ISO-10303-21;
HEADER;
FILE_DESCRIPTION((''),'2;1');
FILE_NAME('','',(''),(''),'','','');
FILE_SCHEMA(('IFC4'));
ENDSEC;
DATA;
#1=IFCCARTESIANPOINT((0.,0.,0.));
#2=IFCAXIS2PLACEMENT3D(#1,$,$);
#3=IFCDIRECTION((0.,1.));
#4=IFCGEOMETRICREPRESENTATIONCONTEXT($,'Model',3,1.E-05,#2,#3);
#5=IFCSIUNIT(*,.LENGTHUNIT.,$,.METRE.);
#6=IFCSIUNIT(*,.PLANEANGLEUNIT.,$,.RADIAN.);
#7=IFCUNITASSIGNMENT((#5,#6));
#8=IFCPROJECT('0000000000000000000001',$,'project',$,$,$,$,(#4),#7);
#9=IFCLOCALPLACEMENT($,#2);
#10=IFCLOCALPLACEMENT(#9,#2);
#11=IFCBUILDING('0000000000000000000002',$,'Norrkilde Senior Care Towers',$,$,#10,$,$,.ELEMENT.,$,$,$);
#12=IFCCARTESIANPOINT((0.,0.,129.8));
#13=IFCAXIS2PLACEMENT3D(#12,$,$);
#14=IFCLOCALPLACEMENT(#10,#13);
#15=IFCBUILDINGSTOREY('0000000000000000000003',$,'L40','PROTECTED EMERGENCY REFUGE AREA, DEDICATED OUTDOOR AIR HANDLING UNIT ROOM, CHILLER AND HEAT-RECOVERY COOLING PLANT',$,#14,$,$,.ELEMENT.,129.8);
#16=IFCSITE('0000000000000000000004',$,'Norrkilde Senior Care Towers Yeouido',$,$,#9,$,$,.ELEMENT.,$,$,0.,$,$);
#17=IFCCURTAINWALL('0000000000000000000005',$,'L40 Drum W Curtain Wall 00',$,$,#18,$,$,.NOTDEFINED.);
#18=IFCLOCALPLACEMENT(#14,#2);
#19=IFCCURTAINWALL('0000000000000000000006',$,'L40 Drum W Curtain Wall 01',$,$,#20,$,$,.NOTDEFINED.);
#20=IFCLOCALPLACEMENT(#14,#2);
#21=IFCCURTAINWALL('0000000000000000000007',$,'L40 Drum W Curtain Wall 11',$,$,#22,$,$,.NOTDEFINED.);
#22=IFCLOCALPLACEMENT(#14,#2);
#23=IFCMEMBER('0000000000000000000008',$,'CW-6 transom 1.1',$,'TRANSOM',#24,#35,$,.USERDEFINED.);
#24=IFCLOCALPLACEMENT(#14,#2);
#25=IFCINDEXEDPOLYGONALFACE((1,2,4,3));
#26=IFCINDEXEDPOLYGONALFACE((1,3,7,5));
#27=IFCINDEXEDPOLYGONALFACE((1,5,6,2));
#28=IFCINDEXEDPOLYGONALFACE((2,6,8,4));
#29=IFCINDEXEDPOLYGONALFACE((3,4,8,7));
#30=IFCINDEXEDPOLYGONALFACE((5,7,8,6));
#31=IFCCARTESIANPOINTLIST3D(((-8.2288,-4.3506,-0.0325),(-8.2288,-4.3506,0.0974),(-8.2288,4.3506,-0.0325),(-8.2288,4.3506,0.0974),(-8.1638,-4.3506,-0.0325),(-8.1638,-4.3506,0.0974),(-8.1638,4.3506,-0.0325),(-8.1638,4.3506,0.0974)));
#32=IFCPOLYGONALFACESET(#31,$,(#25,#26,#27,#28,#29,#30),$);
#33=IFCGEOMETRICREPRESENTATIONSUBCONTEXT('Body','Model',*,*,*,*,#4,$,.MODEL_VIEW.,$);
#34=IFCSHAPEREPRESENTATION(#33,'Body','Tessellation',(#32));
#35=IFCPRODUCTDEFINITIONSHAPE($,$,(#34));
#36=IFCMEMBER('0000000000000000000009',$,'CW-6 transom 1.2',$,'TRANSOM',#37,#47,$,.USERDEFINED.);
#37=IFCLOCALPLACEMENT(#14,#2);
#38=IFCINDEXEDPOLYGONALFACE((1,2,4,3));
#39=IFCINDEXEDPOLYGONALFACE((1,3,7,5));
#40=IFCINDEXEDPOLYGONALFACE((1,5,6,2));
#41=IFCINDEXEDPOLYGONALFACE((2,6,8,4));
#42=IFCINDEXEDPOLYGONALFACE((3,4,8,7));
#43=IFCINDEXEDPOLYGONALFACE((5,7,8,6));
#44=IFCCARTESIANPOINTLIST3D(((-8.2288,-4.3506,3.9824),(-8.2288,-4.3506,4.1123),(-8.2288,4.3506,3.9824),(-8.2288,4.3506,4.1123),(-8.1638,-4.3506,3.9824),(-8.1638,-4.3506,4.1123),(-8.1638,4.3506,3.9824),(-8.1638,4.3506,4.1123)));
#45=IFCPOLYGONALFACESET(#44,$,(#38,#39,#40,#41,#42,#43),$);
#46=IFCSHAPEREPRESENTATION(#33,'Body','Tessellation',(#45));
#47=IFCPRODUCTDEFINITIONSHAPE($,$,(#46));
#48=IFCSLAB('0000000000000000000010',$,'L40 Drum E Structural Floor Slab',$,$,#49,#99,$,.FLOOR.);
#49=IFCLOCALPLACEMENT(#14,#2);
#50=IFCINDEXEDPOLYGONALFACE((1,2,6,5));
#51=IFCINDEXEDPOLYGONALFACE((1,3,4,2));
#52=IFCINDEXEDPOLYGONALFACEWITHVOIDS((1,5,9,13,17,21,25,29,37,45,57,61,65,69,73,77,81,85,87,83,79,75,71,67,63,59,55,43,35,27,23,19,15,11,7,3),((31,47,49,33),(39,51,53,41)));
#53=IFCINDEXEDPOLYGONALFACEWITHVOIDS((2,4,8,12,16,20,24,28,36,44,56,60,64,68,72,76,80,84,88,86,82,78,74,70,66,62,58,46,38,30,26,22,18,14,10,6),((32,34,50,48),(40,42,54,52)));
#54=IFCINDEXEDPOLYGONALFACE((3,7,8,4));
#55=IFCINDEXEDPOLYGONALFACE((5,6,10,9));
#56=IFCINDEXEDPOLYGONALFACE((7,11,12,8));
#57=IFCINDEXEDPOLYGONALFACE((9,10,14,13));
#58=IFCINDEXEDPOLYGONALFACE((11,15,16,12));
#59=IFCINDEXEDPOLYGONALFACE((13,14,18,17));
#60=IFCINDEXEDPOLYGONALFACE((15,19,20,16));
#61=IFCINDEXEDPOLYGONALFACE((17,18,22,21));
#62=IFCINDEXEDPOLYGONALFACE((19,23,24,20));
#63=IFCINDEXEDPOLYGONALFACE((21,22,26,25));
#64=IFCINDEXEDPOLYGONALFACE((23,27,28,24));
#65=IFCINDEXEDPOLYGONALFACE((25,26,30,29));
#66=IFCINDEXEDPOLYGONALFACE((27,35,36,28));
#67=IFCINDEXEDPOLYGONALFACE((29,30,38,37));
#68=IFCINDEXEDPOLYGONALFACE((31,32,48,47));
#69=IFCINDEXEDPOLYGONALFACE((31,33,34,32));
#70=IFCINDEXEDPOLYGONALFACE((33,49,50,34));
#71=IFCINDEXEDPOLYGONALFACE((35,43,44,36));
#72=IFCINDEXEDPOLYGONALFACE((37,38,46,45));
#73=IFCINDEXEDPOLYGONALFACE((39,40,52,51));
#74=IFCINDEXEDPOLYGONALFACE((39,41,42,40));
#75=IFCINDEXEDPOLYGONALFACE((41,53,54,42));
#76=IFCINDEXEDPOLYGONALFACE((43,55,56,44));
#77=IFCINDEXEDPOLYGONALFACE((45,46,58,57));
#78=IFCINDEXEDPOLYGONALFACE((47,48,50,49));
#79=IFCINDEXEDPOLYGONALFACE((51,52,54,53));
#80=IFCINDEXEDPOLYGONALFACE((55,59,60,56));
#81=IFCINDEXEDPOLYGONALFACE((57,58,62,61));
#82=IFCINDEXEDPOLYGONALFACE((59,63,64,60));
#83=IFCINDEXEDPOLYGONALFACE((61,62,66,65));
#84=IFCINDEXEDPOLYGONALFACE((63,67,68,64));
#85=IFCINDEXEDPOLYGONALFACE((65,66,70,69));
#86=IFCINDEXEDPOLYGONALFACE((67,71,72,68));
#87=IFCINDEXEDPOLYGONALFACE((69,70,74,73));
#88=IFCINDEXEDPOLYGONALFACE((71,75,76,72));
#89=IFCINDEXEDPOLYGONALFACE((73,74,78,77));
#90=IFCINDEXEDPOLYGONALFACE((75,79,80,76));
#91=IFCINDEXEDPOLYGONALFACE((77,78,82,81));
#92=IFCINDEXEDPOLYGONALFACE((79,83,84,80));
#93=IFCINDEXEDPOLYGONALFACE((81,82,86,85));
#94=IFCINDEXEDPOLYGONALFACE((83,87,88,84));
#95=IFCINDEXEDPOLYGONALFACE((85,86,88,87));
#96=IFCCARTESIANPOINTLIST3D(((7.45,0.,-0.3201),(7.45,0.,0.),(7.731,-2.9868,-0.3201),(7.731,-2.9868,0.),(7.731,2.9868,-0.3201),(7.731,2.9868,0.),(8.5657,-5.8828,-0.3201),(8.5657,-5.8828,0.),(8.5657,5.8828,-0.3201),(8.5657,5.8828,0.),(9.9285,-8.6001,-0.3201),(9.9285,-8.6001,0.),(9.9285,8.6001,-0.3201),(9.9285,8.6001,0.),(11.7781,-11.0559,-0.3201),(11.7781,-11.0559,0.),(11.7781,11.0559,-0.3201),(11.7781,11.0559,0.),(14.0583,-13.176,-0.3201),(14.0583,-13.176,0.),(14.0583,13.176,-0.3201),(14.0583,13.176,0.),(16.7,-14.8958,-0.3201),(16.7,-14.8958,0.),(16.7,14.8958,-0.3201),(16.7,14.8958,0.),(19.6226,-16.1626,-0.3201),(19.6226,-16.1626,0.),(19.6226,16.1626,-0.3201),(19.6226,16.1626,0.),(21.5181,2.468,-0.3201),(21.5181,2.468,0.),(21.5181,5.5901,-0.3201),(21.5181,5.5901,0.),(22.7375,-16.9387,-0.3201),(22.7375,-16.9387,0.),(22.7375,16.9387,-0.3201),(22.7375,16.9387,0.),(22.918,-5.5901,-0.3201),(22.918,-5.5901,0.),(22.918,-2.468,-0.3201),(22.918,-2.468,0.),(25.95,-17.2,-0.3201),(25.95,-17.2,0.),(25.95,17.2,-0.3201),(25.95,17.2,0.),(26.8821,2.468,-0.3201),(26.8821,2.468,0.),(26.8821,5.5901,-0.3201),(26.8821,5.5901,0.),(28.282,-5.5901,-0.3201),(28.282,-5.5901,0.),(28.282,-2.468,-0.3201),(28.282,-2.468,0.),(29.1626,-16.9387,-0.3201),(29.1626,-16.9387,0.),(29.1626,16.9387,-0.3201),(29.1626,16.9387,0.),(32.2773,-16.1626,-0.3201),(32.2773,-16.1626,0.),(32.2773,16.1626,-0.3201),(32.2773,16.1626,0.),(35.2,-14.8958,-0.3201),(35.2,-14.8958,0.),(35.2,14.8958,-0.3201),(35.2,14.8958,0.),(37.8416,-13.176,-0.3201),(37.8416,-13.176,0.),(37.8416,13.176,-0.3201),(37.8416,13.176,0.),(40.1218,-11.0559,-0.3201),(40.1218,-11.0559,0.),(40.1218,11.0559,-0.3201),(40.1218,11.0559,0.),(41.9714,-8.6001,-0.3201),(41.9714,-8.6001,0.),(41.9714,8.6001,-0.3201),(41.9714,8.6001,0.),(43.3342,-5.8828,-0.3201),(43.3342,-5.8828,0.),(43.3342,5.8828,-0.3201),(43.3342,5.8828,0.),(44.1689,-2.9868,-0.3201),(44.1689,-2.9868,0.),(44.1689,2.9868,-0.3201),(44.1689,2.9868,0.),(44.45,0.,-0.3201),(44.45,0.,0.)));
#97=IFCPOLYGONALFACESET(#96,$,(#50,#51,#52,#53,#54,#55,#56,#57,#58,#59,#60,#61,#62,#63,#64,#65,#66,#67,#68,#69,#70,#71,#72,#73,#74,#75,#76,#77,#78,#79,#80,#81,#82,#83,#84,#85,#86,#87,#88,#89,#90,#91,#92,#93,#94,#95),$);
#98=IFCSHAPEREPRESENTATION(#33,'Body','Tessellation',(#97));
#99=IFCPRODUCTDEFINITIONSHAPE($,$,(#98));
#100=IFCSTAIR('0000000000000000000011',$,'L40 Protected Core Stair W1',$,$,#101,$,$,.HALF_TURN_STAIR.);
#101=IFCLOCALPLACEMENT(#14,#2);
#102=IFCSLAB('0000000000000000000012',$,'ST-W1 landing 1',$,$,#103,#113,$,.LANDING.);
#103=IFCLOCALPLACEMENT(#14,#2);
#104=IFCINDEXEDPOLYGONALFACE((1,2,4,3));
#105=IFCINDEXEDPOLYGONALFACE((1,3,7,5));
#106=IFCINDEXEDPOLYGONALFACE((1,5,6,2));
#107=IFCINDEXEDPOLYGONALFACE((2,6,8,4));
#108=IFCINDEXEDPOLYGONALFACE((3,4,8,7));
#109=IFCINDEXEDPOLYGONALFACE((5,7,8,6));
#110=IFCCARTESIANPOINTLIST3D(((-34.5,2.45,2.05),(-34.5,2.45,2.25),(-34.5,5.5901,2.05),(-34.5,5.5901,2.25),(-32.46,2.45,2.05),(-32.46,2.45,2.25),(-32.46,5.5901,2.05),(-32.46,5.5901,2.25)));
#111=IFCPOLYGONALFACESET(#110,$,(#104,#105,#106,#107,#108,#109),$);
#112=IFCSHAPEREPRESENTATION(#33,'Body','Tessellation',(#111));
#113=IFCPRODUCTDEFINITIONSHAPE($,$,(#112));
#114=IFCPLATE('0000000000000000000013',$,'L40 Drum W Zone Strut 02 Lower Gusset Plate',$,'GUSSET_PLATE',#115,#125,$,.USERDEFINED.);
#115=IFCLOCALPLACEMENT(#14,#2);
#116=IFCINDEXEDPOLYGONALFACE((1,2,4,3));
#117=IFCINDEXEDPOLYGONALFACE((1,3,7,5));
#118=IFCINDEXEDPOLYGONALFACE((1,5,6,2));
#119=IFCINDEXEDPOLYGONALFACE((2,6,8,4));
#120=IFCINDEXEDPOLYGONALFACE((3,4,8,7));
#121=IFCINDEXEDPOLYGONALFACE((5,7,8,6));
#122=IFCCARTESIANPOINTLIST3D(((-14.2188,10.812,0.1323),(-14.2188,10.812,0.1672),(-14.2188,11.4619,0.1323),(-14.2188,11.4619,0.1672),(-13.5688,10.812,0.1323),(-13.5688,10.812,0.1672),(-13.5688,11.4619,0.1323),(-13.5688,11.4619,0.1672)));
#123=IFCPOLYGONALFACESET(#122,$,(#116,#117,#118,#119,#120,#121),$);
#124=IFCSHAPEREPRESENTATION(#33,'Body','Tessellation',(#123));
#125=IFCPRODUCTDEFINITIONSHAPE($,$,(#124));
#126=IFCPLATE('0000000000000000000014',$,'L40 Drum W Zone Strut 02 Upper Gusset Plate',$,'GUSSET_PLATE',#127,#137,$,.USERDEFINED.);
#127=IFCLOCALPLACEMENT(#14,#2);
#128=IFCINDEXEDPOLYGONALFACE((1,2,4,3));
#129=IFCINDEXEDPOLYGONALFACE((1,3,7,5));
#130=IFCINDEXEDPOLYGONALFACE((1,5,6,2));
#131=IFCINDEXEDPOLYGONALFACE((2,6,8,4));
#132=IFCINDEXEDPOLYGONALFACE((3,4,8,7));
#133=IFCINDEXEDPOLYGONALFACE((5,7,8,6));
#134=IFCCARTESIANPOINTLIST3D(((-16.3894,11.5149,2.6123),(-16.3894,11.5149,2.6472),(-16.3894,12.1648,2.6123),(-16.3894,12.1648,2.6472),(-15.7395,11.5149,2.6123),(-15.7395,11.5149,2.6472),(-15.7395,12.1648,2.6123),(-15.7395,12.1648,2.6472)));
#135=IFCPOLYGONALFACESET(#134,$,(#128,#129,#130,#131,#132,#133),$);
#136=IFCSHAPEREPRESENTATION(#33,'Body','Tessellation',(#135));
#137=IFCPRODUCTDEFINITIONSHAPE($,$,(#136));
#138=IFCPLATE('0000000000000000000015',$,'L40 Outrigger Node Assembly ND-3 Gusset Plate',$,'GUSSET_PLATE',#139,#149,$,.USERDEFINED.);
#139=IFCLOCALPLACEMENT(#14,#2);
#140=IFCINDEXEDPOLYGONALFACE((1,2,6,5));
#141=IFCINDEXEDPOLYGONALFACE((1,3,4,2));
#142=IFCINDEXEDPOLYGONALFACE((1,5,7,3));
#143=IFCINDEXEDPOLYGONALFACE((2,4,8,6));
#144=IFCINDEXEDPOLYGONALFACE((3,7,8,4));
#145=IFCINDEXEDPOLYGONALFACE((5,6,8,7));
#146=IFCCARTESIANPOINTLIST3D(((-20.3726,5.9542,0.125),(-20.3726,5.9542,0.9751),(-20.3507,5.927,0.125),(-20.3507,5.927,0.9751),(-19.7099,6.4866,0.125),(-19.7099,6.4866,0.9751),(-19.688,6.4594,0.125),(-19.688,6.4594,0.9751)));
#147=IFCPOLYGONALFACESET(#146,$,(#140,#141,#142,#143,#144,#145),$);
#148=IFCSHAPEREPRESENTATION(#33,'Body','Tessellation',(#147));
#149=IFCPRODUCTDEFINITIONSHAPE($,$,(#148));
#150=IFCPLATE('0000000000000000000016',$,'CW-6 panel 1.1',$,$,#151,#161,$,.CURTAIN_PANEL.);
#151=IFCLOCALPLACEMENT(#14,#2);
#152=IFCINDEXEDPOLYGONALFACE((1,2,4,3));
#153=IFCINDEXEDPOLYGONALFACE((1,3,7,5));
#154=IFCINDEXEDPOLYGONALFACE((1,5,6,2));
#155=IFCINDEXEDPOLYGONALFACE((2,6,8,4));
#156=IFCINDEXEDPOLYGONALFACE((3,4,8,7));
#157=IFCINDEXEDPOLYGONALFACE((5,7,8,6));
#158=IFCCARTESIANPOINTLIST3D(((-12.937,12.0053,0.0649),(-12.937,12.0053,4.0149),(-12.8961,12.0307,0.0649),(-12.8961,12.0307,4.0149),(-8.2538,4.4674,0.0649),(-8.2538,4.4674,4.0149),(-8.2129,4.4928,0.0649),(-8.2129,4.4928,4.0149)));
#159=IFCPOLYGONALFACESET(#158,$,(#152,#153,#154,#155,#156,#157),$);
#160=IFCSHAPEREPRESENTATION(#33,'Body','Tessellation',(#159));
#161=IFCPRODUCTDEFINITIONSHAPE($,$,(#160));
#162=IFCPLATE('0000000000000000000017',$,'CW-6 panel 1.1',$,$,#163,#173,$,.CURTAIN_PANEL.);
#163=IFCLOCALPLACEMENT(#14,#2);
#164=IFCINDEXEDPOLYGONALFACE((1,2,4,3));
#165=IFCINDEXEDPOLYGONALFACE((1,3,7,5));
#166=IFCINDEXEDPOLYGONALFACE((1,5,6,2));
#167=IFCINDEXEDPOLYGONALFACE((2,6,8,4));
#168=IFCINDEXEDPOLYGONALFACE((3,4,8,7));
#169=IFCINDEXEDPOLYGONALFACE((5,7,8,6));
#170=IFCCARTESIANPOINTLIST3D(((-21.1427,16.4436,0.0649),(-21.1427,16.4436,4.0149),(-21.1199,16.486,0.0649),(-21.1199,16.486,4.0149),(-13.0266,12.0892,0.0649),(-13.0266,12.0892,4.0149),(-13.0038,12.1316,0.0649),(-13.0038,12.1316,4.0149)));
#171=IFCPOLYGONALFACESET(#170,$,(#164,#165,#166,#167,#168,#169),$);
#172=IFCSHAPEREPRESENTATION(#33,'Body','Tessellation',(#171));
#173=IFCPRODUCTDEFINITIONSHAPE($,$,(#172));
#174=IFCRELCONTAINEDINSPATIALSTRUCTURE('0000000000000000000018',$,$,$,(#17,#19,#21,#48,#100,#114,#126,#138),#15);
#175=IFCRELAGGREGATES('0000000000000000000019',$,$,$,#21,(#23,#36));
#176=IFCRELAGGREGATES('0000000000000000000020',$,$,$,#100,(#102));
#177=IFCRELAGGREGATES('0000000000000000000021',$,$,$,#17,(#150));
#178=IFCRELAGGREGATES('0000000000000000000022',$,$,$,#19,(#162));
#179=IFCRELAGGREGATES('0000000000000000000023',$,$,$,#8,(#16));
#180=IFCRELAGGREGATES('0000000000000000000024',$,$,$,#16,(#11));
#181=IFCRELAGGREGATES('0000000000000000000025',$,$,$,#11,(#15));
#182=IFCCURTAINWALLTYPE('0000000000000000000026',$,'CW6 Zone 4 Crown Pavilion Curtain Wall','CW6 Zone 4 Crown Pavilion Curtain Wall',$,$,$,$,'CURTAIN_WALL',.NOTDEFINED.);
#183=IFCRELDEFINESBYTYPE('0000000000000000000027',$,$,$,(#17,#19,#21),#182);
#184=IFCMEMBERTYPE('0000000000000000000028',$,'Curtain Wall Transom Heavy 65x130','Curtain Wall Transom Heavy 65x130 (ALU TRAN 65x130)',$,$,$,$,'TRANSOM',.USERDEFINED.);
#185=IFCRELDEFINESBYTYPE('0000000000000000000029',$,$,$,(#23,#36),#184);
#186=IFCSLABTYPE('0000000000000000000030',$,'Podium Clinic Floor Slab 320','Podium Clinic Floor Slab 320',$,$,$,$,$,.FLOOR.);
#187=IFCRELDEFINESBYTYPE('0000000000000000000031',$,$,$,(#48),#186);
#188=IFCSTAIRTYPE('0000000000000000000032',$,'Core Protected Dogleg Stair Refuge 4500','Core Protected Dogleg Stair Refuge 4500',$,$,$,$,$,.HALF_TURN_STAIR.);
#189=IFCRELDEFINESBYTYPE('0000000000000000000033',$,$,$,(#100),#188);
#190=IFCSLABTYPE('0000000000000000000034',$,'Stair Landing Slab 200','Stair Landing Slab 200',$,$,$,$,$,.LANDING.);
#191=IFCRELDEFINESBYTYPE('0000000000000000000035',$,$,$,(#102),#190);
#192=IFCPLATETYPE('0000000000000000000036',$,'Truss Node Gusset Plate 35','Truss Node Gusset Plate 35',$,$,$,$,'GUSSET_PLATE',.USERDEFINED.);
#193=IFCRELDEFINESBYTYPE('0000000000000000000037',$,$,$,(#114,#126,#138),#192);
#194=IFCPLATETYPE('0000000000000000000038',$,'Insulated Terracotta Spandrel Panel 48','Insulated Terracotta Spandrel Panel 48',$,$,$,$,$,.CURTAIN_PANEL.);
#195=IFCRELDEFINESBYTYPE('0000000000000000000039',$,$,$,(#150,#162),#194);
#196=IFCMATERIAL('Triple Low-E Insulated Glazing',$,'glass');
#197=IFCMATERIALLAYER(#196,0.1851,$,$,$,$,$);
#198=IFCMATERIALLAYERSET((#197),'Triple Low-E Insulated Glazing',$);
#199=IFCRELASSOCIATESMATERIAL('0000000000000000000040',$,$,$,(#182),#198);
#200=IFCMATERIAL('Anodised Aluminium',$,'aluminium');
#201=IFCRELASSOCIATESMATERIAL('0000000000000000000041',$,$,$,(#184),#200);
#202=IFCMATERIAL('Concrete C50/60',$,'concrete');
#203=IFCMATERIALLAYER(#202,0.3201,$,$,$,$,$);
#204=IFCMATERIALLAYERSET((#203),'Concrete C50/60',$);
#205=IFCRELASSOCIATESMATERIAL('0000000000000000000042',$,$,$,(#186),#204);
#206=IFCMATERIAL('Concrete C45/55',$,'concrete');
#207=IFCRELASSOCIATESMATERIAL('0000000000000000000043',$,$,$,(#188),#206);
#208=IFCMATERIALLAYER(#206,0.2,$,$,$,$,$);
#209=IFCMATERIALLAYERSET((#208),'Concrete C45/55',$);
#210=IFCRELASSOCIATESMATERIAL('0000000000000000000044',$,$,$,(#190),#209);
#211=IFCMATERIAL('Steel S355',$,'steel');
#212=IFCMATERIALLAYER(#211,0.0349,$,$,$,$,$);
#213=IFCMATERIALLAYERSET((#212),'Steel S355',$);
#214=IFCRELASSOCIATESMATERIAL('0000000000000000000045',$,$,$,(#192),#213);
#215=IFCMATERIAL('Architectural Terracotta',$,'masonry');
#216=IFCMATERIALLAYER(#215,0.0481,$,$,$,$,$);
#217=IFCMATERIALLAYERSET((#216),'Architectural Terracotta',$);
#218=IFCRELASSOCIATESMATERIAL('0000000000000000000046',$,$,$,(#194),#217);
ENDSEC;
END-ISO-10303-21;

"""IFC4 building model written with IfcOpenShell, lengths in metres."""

from ifc_helpers import new_model, si_unit, direction, frame, origin, origin_2d, place, context, subcontext, project, spatial, polyline, rectangle, outline, extrude, source, transform, mapped, material, layer, layer_set, material_profile, profile_set, type_object, type_shapes, element, aggregate, save


model = new_model("IFC4")

# Units and contexts
model_context = context("Model", 3, precision=1e-05, world=origin(), true_north=direction((0.0, 1.0)))
body_context = subcontext(model_context, "Body", "Model", "MODEL_VIEW")
ifc_project = project(units=[si_unit("LENGTHUNIT", "METRE"), si_unit("PLANEANGLEUNIT", "RADIAN")], contexts=[model_context])

# Site, building, storey
site_placement = place(None, origin())
site = spatial("IfcSite", under=ifc_project, at=site_placement, Name="Norrkilde Senior Care Towers Yeouido", CompositionType="ELEMENT", RefElevation=0.0)
building_placement = place(site_placement, origin())
building = spatial("IfcBuilding", under=site, at=building_placement, Name="Norrkilde Senior Care Towers", CompositionType="ELEMENT")
storey_placement = place(building_placement, frame((0.0, 0.0, 129.8)))
storey = spatial("IfcBuildingStorey", under=building, at=storey_placement, Name="L40", Description="PROTECTED EMERGENCY REFUGE AREA, DEDICATED OUTDOOR AIR HANDLING UNIT ROOM, CHILLER AND HEAT-RECOVERY COOLING PLANT", CompositionType="ELEMENT", Elevation=129.8)

# Shared definitions
ifc_material_1 = material(Name="Steel S355", Category="steel")

# Curtain wall
ifc_material_2 = material(Name="Triple Low-E Insulated Glazing", Category="glass")
ifc_layer_1 = layer(ifc_material_2, 0.1851)
ifc_layer_set_1 = layer_set([ifc_layer_1], Name="Triple Low-E Insulated Glazing")
curtain_wall_type = type_object("IfcCurtainWallType", Name="CW6 Zone 4 Crown Pavilion Curtain Wall", Description="CW6 Zone 4 Crown Pavilion Curtain Wall", ElementType="CURTAIN_WALL", PredefinedType="NOTDEFINED", material=ifc_layer_set_1)
curtain_wall_1_placement = place(storey_placement, origin())
curtain_wall_1 = element("IfcCurtainWall", 1, at=curtain_wall_1_placement, inside=storey, type_object=curtain_wall_type, Name="L40 Drum W Curtain Wall 00", PredefinedType="NOTDEFINED")
ifc_material_3 = material(Name="Anodised Aluminium", Category="aluminium")

# Curtain walls
curtain_wall_2_placement = place(storey_placement, origin())
curtain_wall_2 = element("IfcCurtainWall", 2, at=curtain_wall_2_placement, inside=storey, type_object=curtain_wall_type, Name="L40 Drum W Curtain Wall 01", PredefinedType="NOTDEFINED")
curtain_wall_3_placement = place(storey_placement, origin())
curtain_wall_3 = element("IfcCurtainWall", 3, at=curtain_wall_3_placement, inside=storey, type_object=curtain_wall_type, Name="L40 Drum W Curtain Wall 11", PredefinedType="NOTDEFINED")

# Members
ifc_material_profile_1 = material_profile(ifc_material_3, rectangle(XDim=0.0649, YDim=0.1299, at=origin_2d()), Name="ALU TRAN 65x130")
ifc_profile_set_1 = profile_set([ifc_material_profile_1], Name="Anodised Aluminium")
member_type_1 = type_object("IfcMemberType", Name="Curtain Wall Transom Heavy 65x130", Description="Curtain Wall Transom Heavy 65x130 (ALU TRAN 65x130)", ElementType="TRANSOM", PredefinedType="USERDEFINED", material=ifc_profile_set_1)
shared_shape_1 = source(origin(), body_context, "Body", "SweptSolid", [
    extrude(rectangle(XDim=0.0649, YDim=0.1299, at=origin_2d()), origin(), (0.0, 0.0, 1.0), 8.7012),
])
member_1_placement = place(storey_placement, frame((-8.1963, 4.3506, 0.0325), z_axis=(0.0, -1.0, 0.0), x_axis=(1.0, 0.0, 0.0)))
member_1 = element("IfcMember", 4, at=member_1_placement, type_object=member_type_1, Name="CW-6 transom 1.1", ObjectType="TRANSOM", PredefinedType="USERDEFINED", context=body_context, shape_type="MappedRepresentation", body=[
    mapped(shared_shape_1, transform((0.0, 0.0, 0.0), x_axis=(1.0, 0.0, 0.0), y_axis=(0.0, 1.0, 0.0), z_axis=(0.0, 0.0, 1.0), scale=1.0)),
])
member_2_placement = place(storey_placement, frame((-8.1963, 4.3506, 4.0474), z_axis=(0.0, -1.0, 0.0), x_axis=(1.0, 0.0, 0.0)))
member_2 = element("IfcMember", 5, at=member_2_placement, type_object=member_type_1, Name="CW-6 transom 1.2", ObjectType="TRANSOM", PredefinedType="USERDEFINED", context=body_context, shape_type="MappedRepresentation", body=[
    mapped(shared_shape_1, transform((0.0, 0.0, 0.0), x_axis=(1.0, 0.0, 0.0), y_axis=(0.0, 1.0, 0.0), z_axis=(0.0, 0.0, 1.0), scale=1.0)),
])
aggregate(curtain_wall_3, [member_1, member_2])

# Slab
ifc_material_4 = material(Name="Concrete C50/60", Category="concrete")
ifc_layer_2 = layer(ifc_material_4, 0.3201)
ifc_layer_set_2 = layer_set([ifc_layer_2], Name="Concrete C50/60")
slab_type_1 = type_object("IfcSlabType", Name="Podium Clinic Floor Slab 320", Description="Podium Clinic Floor Slab 320", PredefinedType="FLOOR", material=ifc_layer_set_2)
slab_1_placement = place(storey_placement, frame((0.0, 0.0, -0.3201)))
element("IfcSlab", 6, at=slab_1_placement, inside=storey, type_object=slab_type_1, Name="L40 Drum E Structural Floor Slab", PredefinedType="FLOOR", context=body_context, shape_type="SweptSolid", body=[
    extrude(outline(polyline([(43.3342, -5.8828), (41.9714, -8.6001), (40.1218, -11.0559), (37.8416, -13.176), (35.2, -14.8958), (32.2773, -16.1626), (29.1626, -16.9387), (25.95, -17.2), (22.7375, -16.9387), (19.6226, -16.1626), (16.7, -14.8958), (14.0583, -13.176), (11.7781, -11.0559), (9.9285, -8.6001), (8.5657, -5.8828), (7.731, -2.9868), (7.45, 0.0), (7.731, 2.9868), (8.5657, 5.8828), (9.9285, 8.6001), (11.7781, 11.0559), (14.0583, 13.176), (16.7, 14.8958), (19.6226, 16.1626), (22.7375, 16.9387), (25.95, 17.2), (29.1626, 16.9387), (32.2773, 16.1626), (35.2, 14.8958), (37.8416, 13.176), (40.1218, 11.0559), (41.9714, 8.6001), (43.3342, 5.8828), (44.1689, 2.9868), (44.45, 0.0), (44.1689, -2.9868), (43.3342, -5.8828)]), holes=[polyline([(21.5181, 2.468), (26.8821, 2.468), (26.8821, 5.5901), (21.5181, 5.5901), (21.5181, 2.468)]), polyline([(28.282, -5.5901), (28.282, -2.468), (22.918, -2.468), (22.918, -5.5901), (28.282, -5.5901)])]), origin(), (0.0, 0.0, 1.0), 0.3201),
])

# Stair, slab
ifc_material_5 = material(Name="Concrete C45/55", Category="concrete")
stair_type = type_object("IfcStairType", Name="Core Protected Dogleg Stair Refuge 4500", Description="Core Protected Dogleg Stair Refuge 4500", PredefinedType="HALF_TURN_STAIR", material=ifc_material_5)
stair_placement = place(storey_placement, origin())
stair = element("IfcStair", 7, at=stair_placement, inside=storey, type_object=stair_type, Name="L40 Protected Core Stair W1", PredefinedType="HALF_TURN_STAIR")
ifc_layer_3 = layer(ifc_material_5, 0.2)
ifc_layer_set_3 = layer_set([ifc_layer_3], Name="Concrete C45/55")
slab_type_2 = type_object("IfcSlabType", Name="Stair Landing Slab 200", Description="Stair Landing Slab 200", PredefinedType="LANDING", material=ifc_layer_set_3)
slab_2_placement = place(storey_placement, frame((0.0, 0.0, 2.05)))
slab_2 = element("IfcSlab", 8, at=slab_2_placement, type_object=slab_type_2, Name="ST-W1 landing 1", PredefinedType="LANDING", context=body_context, shape_type="SweptSolid", body=[
    extrude(outline(polyline([(-32.46, 5.5901), (-34.5, 5.5901), (-34.5, 2.45), (-32.46, 2.45), (-32.46, 5.5901)])), origin(), (0.0, 0.0, 1.0), 0.2),
])
aggregate(stair, [slab_2])

# Plates
ifc_layer_4 = layer(ifc_material_1, 0.0349)
ifc_layer_set_4 = layer_set([ifc_layer_4], Name="Steel S355")
plate_type_1 = type_object("IfcPlateType", Name="Truss Node Gusset Plate 35", Description="Truss Node Gusset Plate 35", ElementType="GUSSET_PLATE", PredefinedType="USERDEFINED", material=ifc_layer_set_4)
shared_shape_2 = source(origin(), body_context, "Body", "SweptSolid", [
    extrude(rectangle(XDim=0.6499, YDim=0.6499, at=origin_2d()), origin(), (0.0, 0.0, 1.0), 0.0349),
])
for number, where, z_axis, x_axis, name in (
    (9, (-13.8938, 11.137, 0.1323), (0.0, 0.0, 1.0), (1.0, 0.0, 0.0), "L40 Drum W Zone Strut 02 Lower Gusset Plate"),
    (10, (-16.0645, 11.8398, 2.6123), (0.0, 0.0, 1.0), (1.0, 0.0, 0.0), "L40 Drum W Zone Strut 02 Upper Gusset Plate"),
):
    element("IfcPlate", number, at=place(storey_placement, frame(where, z_axis=z_axis, x_axis=x_axis)), inside=storey, type_object=plate_type_1, Name=name, ObjectType="GUSSET_PLATE", PredefinedType="USERDEFINED", context=body_context, shape_type="MappedRepresentation", body=[
        mapped(shared_shape_2, transform((0.0, 0.0, 0.0), x_axis=(1.0, 0.0, 0.0), y_axis=(0.0, 1.0, 0.0), z_axis=(0.0, 0.0, 1.0), scale=1.0)),
    ])
shared_shape_3 = source(origin(), body_context, "Body", "SweptSolid", [
    extrude(rectangle(XDim=0.8501, YDim=0.0349, at=origin_2d()), origin(), (0.0, 0.0, 1.0), 0.8501),
])
type_shapes(plate_type_1, [shared_shape_2, shared_shape_3])
plate_1_placement = place(storey_placement, frame((-20.0303, 6.2068, 0.125), z_axis=(0.0, 0.0, 1.0), x_axis=(0.779572, 0.626313, 0.0)))
element("IfcPlate", 11, at=plate_1_placement, inside=storey, type_object=plate_type_1, Name="L40 Outrigger Node Assembly ND-3 Gusset Plate", ObjectType="GUSSET_PLATE", PredefinedType="USERDEFINED", context=body_context, shape_type="MappedRepresentation", body=[
    mapped(shared_shape_3, transform((0.0, 0.0, 0.0), x_axis=(1.0, 0.0, 0.0), y_axis=(0.0, 1.0, 0.0), z_axis=(0.0, 0.0, 1.0), scale=1.0)),
])

# Plates
ifc_material_6 = material(Name="Architectural Terracotta", Category="masonry")
ifc_layer_5 = layer(ifc_material_6, 0.0481)
ifc_layer_set_5 = layer_set([ifc_layer_5], Name="Architectural Terracotta")
plate_type_2 = type_object("IfcPlateType", Name="Insulated Terracotta Spandrel Panel 48", Description="Insulated Terracotta Spandrel Panel 48", PredefinedType="CURTAIN_PANEL", material=ifc_layer_set_5)
shared_shape_4 = source(origin(), body_context, "Body", "SweptSolid", [
    extrude(rectangle(XDim=8.8743, YDim=0.0481, at=origin_2d()), origin(), (0.0, 0.0, 1.0), 3.95),
])
plate_2_placement = place(storey_placement, frame((-10.575, 8.249, 0.0649), z_axis=(0.0, 0.0, 1.0), x_axis=(0.527733, -0.84941, 0.0)))
plate_2 = element("IfcPlate", 12, at=plate_2_placement, type_object=plate_type_2, Name="CW-6 panel 1.1", PredefinedType="CURTAIN_PANEL", context=body_context, shape_type="MappedRepresentation", body=[
    mapped(shared_shape_4, transform((0.0, 0.0, 0.0), x_axis=(1.0, 0.0, 0.0), y_axis=(0.0, 1.0, 0.0), z_axis=(0.0, 0.0, 1.0), scale=1.0)),
])
aggregate(curtain_wall_1, [plate_2])
shared_shape_5 = source(origin(), body_context, "Body", "SweptSolid", [
    extrude(rectangle(XDim=9.2104, YDim=0.0481, at=origin_2d()), origin(), (0.0, 0.0, 1.0), 3.95),
])
type_shapes(plate_type_2, [shared_shape_4, shared_shape_5])
plate_3_placement = place(storey_placement, frame((-17.0732, 14.2876, 0.0649), z_axis=(0.0, 0.0, 1.0), x_axis=(0.881186, -0.472769, 0.0)))
plate_3 = element("IfcPlate", 13, at=plate_3_placement, type_object=plate_type_2, Name="CW-6 panel 1.1", PredefinedType="CURTAIN_PANEL", context=body_context, shape_type="MappedRepresentation", body=[
    mapped(shared_shape_5, transform((0.0, 0.0, 0.0), x_axis=(1.0, 0.0, 0.0), y_axis=(0.0, 1.0, 0.0), z_axis=(0.0, 0.0, 1.0), scale=1.0)),
])
aggregate(curtain_wall_2, [plate_3])

save(model, "model.ifc")
